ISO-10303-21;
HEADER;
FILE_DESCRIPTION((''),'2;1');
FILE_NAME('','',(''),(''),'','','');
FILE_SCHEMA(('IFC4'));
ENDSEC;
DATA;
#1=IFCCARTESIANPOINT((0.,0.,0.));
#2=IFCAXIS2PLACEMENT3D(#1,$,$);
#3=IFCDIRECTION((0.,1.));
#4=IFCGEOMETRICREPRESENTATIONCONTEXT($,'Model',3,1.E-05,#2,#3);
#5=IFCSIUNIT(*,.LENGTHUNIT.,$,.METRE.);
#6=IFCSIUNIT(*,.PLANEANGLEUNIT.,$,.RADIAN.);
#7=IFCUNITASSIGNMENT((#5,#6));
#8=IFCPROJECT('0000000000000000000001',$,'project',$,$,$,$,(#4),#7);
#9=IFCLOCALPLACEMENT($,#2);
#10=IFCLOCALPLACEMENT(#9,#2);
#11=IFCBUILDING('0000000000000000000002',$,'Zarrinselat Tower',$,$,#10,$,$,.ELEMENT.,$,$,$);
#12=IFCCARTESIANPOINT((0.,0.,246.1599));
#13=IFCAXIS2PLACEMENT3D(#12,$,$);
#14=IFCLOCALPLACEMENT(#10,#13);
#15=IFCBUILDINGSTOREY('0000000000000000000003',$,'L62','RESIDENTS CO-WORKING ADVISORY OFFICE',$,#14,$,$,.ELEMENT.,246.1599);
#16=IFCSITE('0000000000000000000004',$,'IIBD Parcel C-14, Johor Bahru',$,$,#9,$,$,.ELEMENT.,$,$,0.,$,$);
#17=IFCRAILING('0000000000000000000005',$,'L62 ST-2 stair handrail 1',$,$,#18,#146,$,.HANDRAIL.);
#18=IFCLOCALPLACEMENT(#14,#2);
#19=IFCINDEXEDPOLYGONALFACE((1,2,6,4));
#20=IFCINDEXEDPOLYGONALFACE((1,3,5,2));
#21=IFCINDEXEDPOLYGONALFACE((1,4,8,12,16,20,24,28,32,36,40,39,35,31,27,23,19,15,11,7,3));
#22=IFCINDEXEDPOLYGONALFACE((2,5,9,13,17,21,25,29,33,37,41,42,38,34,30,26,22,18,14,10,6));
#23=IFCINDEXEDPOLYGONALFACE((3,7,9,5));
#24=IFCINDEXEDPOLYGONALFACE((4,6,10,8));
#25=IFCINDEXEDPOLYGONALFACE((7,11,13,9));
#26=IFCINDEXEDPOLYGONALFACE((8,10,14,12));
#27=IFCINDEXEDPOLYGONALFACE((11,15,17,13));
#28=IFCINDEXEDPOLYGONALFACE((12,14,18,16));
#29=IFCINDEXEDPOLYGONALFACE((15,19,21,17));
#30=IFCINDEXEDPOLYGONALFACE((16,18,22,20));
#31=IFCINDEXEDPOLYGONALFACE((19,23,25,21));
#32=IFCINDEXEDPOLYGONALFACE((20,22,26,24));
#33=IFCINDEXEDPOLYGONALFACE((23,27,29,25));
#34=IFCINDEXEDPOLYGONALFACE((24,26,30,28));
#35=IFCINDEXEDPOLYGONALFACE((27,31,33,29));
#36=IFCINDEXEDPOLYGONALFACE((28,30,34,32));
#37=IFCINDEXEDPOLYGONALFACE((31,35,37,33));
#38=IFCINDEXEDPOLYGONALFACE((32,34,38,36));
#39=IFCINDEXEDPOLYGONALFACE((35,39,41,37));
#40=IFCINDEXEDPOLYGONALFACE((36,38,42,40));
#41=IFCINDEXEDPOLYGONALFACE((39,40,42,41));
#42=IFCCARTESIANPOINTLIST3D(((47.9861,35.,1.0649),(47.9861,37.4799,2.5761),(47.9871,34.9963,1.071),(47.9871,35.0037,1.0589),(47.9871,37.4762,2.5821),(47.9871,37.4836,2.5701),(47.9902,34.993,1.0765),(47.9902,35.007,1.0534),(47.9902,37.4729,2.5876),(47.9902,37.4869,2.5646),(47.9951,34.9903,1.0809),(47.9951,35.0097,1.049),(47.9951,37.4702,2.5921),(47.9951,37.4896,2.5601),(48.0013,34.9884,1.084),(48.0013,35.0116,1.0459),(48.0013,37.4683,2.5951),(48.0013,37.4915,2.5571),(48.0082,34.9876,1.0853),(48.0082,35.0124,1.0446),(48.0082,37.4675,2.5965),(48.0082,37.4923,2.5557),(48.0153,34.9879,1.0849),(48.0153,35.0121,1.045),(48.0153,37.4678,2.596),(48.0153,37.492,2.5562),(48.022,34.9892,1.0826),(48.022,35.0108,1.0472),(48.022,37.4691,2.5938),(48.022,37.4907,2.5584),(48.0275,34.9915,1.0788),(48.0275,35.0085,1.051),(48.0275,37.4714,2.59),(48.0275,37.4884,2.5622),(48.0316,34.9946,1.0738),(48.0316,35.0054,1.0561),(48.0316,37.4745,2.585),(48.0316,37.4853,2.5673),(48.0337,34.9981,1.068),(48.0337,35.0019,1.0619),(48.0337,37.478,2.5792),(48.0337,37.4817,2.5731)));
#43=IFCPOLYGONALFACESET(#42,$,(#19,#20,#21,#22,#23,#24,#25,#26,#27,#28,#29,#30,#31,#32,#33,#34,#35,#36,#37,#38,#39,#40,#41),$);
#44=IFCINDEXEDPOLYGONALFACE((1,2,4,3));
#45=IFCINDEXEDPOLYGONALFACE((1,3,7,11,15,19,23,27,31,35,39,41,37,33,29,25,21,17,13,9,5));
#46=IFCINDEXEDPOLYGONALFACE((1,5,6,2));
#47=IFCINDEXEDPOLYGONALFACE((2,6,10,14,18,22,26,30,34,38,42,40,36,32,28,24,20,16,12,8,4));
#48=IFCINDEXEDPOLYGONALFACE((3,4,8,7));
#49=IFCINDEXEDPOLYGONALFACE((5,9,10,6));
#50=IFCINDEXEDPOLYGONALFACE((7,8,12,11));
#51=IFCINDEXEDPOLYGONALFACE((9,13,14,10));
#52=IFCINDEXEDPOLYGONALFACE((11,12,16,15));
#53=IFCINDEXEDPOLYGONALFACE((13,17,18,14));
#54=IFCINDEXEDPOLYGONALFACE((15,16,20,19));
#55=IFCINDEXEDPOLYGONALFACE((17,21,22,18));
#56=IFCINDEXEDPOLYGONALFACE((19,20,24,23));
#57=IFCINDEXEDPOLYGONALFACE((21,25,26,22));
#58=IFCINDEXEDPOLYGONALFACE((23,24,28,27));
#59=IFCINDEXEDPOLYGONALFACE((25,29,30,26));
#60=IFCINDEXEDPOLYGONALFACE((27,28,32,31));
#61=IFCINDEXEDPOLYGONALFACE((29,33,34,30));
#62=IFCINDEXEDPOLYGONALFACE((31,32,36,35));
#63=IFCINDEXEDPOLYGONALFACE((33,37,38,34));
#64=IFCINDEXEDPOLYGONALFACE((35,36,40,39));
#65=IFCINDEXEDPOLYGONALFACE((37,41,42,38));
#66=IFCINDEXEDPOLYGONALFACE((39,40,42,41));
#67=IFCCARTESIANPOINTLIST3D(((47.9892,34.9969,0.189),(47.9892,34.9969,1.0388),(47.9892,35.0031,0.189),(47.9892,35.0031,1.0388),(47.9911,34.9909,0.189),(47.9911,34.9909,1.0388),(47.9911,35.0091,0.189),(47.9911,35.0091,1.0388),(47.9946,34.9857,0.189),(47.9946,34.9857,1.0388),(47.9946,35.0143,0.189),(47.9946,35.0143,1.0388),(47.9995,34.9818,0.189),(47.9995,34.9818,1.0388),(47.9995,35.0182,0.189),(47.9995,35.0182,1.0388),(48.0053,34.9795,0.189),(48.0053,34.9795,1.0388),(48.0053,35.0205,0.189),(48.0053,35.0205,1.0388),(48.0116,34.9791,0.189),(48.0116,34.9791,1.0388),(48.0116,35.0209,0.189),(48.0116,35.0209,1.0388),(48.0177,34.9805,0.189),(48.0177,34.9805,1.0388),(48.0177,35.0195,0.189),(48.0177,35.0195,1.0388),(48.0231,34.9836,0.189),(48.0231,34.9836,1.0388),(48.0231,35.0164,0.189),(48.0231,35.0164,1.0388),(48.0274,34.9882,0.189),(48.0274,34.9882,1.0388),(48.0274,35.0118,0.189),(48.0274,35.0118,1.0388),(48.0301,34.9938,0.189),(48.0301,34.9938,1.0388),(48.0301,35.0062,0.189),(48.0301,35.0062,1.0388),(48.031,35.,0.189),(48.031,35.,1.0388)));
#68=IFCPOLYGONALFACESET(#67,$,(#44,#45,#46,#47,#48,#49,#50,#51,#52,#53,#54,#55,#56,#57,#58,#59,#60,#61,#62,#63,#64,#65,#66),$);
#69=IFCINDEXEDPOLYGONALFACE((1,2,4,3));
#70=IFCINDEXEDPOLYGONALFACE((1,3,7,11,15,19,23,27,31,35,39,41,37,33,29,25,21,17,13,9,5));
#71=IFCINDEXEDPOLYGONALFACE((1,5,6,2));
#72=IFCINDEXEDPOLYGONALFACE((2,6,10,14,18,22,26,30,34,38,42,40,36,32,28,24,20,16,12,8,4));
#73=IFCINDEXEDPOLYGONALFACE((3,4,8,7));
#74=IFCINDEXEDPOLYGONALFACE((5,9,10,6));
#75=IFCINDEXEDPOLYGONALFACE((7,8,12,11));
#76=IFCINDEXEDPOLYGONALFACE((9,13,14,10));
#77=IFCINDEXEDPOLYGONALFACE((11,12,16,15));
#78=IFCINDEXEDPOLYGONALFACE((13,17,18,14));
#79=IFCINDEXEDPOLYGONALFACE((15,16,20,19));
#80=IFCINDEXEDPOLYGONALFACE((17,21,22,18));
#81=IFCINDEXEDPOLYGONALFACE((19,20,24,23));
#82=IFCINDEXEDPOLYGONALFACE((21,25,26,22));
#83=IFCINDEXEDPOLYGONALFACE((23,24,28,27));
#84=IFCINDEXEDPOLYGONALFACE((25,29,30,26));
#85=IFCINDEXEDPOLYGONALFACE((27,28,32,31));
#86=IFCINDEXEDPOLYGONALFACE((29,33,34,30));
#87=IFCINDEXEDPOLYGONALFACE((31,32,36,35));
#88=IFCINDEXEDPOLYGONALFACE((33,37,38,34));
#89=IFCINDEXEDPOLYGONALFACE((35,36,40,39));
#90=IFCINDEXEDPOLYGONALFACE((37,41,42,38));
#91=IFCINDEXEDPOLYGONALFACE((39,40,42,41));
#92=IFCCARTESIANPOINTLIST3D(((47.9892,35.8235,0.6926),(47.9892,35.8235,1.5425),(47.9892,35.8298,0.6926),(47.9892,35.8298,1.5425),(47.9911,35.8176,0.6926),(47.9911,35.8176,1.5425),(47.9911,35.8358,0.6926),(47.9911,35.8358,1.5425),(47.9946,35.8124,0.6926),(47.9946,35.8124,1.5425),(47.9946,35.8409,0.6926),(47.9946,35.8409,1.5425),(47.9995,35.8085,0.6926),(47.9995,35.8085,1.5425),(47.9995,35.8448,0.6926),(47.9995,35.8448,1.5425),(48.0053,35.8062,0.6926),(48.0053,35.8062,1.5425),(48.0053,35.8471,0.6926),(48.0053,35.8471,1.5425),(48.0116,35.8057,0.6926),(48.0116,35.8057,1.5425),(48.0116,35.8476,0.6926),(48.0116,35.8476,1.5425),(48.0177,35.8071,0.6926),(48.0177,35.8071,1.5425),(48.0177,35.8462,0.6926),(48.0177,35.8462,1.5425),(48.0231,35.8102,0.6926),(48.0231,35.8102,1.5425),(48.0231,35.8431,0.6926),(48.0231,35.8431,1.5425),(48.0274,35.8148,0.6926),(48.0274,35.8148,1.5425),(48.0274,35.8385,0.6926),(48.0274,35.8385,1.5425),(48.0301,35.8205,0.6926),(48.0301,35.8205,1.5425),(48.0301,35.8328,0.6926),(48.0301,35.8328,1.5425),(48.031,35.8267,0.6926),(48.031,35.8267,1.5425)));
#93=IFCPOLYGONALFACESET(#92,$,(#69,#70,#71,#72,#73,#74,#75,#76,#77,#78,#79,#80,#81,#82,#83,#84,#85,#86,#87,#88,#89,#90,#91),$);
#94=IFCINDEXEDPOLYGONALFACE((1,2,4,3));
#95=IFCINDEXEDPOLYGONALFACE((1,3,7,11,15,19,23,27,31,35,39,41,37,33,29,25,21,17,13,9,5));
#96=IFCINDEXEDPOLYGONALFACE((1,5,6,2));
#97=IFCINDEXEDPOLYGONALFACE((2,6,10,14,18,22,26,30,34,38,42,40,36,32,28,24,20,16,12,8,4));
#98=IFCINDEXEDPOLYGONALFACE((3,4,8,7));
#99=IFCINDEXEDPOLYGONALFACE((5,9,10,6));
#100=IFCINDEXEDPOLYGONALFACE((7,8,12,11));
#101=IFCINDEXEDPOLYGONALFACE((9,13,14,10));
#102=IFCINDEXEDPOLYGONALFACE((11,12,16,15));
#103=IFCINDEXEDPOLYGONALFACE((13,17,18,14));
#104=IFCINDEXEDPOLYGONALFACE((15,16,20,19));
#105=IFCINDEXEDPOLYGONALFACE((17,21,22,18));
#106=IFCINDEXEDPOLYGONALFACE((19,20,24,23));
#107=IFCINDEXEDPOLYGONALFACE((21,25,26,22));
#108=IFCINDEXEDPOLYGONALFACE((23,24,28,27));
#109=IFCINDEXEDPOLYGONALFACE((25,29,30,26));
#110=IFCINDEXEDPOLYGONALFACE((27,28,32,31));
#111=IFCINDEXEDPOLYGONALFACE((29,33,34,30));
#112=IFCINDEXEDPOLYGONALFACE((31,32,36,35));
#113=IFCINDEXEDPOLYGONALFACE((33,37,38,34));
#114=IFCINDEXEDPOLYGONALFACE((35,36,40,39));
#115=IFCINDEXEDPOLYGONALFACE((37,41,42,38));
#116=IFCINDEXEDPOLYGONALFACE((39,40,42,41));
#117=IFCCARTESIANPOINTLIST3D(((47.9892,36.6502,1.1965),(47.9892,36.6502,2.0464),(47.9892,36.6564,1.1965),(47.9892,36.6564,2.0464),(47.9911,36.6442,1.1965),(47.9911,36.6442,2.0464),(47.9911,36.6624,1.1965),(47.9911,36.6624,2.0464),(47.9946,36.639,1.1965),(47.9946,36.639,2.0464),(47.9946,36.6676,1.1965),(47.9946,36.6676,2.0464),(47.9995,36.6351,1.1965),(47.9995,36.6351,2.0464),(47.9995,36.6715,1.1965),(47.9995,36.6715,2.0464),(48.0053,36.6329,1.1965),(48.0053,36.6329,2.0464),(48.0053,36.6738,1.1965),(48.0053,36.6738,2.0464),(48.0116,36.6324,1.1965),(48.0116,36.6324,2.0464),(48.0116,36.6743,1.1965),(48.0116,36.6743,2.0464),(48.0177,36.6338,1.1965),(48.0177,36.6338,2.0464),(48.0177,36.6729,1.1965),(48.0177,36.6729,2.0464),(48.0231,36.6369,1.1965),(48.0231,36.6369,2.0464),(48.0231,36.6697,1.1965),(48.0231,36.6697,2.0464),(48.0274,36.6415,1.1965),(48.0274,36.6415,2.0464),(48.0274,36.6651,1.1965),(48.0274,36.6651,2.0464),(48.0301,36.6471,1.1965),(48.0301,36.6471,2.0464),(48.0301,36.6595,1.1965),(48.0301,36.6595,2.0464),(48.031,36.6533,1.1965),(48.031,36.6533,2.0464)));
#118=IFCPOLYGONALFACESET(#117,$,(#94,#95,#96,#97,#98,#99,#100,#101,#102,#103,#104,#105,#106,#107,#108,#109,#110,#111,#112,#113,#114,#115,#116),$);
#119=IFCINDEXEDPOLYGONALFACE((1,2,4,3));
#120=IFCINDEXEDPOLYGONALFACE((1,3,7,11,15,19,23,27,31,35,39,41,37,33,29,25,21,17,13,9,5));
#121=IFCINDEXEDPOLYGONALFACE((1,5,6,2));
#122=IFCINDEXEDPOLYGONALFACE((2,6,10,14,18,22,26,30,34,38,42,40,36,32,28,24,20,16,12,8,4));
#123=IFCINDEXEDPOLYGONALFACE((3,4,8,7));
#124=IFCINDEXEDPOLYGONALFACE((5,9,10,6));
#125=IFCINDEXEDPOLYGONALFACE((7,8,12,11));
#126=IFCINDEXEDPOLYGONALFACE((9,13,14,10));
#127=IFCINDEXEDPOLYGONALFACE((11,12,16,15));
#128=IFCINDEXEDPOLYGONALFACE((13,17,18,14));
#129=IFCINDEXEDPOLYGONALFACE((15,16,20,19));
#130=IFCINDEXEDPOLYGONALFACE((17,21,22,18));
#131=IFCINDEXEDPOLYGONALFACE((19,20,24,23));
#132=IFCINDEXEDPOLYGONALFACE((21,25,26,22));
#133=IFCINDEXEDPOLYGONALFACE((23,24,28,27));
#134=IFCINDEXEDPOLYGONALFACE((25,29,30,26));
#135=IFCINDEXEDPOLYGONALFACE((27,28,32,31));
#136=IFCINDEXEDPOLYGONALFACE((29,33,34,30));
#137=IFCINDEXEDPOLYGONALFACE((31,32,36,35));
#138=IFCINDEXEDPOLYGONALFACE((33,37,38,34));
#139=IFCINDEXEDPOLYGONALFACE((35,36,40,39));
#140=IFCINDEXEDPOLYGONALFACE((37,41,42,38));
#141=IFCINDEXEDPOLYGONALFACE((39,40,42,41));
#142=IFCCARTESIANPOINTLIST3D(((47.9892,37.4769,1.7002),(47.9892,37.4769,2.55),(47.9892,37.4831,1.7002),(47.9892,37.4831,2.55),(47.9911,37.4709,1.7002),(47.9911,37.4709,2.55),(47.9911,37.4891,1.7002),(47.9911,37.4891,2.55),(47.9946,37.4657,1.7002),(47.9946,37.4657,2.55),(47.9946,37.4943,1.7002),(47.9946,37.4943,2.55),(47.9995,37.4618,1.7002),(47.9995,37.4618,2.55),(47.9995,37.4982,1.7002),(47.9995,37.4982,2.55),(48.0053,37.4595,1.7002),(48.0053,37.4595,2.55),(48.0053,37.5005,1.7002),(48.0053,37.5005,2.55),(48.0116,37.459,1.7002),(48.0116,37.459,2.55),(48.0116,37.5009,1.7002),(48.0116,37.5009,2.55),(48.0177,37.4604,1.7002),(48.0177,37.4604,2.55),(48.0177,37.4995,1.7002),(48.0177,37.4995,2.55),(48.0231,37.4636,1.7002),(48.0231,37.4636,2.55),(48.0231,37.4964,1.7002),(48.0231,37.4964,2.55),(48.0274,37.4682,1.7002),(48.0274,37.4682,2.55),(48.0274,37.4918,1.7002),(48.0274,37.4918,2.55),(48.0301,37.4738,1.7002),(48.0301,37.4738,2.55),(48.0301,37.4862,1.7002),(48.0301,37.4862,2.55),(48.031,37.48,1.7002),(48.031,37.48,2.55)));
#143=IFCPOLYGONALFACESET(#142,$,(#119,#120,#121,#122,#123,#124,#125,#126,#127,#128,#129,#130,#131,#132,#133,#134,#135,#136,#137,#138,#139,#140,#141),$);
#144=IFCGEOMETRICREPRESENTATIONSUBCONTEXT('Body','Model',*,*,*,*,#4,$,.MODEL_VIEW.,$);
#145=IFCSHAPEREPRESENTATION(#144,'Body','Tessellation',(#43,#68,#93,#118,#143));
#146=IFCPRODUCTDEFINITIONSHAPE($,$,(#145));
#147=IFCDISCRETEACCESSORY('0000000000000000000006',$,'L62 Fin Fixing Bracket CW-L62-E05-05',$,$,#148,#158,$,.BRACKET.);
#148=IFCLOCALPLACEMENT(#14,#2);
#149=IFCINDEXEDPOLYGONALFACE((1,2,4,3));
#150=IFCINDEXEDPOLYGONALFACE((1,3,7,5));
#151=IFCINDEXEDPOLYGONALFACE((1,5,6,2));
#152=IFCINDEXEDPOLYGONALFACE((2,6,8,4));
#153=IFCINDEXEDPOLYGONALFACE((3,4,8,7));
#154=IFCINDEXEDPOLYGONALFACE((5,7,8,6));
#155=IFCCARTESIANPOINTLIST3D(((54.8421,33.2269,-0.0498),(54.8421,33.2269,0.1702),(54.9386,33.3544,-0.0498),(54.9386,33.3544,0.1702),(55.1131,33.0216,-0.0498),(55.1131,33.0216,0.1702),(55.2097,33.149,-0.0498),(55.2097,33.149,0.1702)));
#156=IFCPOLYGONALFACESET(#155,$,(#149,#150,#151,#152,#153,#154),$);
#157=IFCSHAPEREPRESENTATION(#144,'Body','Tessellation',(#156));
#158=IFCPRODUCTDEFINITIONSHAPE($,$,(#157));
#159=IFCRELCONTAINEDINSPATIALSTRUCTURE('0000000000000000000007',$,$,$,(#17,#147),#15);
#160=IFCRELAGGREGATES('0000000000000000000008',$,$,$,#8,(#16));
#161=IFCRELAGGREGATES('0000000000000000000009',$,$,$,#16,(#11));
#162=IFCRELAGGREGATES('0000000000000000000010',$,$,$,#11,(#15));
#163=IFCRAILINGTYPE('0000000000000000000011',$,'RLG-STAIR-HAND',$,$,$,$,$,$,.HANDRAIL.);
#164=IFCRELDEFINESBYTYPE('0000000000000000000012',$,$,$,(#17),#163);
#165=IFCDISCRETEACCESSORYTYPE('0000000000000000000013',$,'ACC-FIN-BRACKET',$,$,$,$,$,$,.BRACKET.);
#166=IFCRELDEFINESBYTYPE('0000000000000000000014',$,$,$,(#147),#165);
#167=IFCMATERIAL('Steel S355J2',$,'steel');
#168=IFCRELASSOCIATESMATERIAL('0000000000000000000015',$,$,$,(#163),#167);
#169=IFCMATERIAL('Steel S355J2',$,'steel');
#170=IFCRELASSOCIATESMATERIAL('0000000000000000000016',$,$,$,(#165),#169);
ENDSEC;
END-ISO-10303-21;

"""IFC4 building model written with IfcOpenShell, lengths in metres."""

from ifc_helpers import new_model, si_unit, direction, frame, origin, origin_2d, place, context, subcontext, project, spatial, rectangle, circle, extrude, material, type_object, element, save


model = new_model("IFC4")

# Units and contexts
model_context = context("Model", 3, precision=1e-05, world=origin(), true_north=direction((0.0, 1.0)))
body_context = subcontext(model_context, "Body", "Model", "MODEL_VIEW")
ifc_project = project(units=[si_unit("LENGTHUNIT", "METRE"), si_unit("PLANEANGLEUNIT", "RADIAN")], contexts=[model_context])

# Site, building, storey
site_placement = place(None, origin())
site = spatial("IfcSite", under=ifc_project, at=site_placement, Name="IIBD Parcel C-14, Johor Bahru", CompositionType="ELEMENT", RefElevation=0.0)
building_placement = place(site_placement, origin())
building = spatial("IfcBuilding", under=site, at=building_placement, Name="Zarrinselat Tower", CompositionType="ELEMENT")
storey_placement = place(building_placement, frame((0.0, 0.0, 246.1599)))
storey = spatial("IfcBuildingStorey", under=building, at=storey_placement, Name="L62", Description="RESIDENTS CO-WORKING ADVISORY OFFICE", CompositionType="ELEMENT", Elevation=246.1599)

# Railing
ifc_material_1 = material(Name="Steel S355J2", Category="steel")
railing_type_1 = type_object("IfcRailingType", Name="RLG-STAIR-HAND", PredefinedType="HANDRAIL", material=ifc_material_1)
railing_1_placement = place(storey_placement, frame((48.01, 35.0, 0.189)))
element("IfcRailing", 1, at=railing_1_placement, inside=storey, type_object=railing_type_1, Name="L62 ST-2 stair handrail 1", PredefinedType="HANDRAIL", context=body_context, shape_type="SweptSolid", body=[
    extrude(circle(Radius=0.0239, at=origin_2d()), frame((0.0, 0.0, 0.876), z_axis=(0.0, 0.853942, 0.520368), x_axis=(-1.0, 0.0, 0.0)), (0.0, 0.0, 1.0), 2.9041),
    extrude(circle(Radius=0.021, at=origin_2d()), origin(), (0.0, 0.0, 1.0), 0.8499),
    extrude(circle(Radius=0.021, at=origin_2d()), frame((0.0, 0.8267, 0.5037)), (0.0, 0.0, 1.0), 0.8499),
    extrude(circle(Radius=0.021, at=origin_2d()), frame((0.0, 1.6533, 1.0076)), (0.0, 0.0, 1.0), 0.8499),
    extrude(circle(Radius=0.021, at=origin_2d()), frame((0.0, 2.48, 1.5112)), (0.0, 0.0, 1.0), 0.8499),
])

# Discrete accessory
ifc_material_2 = material(Name="Steel S355J2", Category="steel")
discrete_accessory_type = type_object("IfcDiscreteAccessoryType", Name="ACC-FIN-BRACKET", PredefinedType="BRACKET", material=ifc_material_2)
discrete_accessory_placement = place(storey_placement, frame((55.0259, 33.188, -0.0498), z_axis=(0.0, 0.0, 1.0), x_axis=(0.797092, -0.603858, 0.0)))
element("IfcDiscreteAccessory", 2, at=discrete_accessory_placement, inside=storey, type_object=discrete_accessory_type, Name="L62 Fin Fixing Bracket CW-L62-E05-05", PredefinedType="BRACKET", context=body_context, shape_type="SweptSolid", body=[
    extrude(rectangle(XDim=0.3401, YDim=0.1599, at=origin_2d()), origin(), (0.0, 0.0, 1.0), 0.22),
])

save(model, "model.ifc")
